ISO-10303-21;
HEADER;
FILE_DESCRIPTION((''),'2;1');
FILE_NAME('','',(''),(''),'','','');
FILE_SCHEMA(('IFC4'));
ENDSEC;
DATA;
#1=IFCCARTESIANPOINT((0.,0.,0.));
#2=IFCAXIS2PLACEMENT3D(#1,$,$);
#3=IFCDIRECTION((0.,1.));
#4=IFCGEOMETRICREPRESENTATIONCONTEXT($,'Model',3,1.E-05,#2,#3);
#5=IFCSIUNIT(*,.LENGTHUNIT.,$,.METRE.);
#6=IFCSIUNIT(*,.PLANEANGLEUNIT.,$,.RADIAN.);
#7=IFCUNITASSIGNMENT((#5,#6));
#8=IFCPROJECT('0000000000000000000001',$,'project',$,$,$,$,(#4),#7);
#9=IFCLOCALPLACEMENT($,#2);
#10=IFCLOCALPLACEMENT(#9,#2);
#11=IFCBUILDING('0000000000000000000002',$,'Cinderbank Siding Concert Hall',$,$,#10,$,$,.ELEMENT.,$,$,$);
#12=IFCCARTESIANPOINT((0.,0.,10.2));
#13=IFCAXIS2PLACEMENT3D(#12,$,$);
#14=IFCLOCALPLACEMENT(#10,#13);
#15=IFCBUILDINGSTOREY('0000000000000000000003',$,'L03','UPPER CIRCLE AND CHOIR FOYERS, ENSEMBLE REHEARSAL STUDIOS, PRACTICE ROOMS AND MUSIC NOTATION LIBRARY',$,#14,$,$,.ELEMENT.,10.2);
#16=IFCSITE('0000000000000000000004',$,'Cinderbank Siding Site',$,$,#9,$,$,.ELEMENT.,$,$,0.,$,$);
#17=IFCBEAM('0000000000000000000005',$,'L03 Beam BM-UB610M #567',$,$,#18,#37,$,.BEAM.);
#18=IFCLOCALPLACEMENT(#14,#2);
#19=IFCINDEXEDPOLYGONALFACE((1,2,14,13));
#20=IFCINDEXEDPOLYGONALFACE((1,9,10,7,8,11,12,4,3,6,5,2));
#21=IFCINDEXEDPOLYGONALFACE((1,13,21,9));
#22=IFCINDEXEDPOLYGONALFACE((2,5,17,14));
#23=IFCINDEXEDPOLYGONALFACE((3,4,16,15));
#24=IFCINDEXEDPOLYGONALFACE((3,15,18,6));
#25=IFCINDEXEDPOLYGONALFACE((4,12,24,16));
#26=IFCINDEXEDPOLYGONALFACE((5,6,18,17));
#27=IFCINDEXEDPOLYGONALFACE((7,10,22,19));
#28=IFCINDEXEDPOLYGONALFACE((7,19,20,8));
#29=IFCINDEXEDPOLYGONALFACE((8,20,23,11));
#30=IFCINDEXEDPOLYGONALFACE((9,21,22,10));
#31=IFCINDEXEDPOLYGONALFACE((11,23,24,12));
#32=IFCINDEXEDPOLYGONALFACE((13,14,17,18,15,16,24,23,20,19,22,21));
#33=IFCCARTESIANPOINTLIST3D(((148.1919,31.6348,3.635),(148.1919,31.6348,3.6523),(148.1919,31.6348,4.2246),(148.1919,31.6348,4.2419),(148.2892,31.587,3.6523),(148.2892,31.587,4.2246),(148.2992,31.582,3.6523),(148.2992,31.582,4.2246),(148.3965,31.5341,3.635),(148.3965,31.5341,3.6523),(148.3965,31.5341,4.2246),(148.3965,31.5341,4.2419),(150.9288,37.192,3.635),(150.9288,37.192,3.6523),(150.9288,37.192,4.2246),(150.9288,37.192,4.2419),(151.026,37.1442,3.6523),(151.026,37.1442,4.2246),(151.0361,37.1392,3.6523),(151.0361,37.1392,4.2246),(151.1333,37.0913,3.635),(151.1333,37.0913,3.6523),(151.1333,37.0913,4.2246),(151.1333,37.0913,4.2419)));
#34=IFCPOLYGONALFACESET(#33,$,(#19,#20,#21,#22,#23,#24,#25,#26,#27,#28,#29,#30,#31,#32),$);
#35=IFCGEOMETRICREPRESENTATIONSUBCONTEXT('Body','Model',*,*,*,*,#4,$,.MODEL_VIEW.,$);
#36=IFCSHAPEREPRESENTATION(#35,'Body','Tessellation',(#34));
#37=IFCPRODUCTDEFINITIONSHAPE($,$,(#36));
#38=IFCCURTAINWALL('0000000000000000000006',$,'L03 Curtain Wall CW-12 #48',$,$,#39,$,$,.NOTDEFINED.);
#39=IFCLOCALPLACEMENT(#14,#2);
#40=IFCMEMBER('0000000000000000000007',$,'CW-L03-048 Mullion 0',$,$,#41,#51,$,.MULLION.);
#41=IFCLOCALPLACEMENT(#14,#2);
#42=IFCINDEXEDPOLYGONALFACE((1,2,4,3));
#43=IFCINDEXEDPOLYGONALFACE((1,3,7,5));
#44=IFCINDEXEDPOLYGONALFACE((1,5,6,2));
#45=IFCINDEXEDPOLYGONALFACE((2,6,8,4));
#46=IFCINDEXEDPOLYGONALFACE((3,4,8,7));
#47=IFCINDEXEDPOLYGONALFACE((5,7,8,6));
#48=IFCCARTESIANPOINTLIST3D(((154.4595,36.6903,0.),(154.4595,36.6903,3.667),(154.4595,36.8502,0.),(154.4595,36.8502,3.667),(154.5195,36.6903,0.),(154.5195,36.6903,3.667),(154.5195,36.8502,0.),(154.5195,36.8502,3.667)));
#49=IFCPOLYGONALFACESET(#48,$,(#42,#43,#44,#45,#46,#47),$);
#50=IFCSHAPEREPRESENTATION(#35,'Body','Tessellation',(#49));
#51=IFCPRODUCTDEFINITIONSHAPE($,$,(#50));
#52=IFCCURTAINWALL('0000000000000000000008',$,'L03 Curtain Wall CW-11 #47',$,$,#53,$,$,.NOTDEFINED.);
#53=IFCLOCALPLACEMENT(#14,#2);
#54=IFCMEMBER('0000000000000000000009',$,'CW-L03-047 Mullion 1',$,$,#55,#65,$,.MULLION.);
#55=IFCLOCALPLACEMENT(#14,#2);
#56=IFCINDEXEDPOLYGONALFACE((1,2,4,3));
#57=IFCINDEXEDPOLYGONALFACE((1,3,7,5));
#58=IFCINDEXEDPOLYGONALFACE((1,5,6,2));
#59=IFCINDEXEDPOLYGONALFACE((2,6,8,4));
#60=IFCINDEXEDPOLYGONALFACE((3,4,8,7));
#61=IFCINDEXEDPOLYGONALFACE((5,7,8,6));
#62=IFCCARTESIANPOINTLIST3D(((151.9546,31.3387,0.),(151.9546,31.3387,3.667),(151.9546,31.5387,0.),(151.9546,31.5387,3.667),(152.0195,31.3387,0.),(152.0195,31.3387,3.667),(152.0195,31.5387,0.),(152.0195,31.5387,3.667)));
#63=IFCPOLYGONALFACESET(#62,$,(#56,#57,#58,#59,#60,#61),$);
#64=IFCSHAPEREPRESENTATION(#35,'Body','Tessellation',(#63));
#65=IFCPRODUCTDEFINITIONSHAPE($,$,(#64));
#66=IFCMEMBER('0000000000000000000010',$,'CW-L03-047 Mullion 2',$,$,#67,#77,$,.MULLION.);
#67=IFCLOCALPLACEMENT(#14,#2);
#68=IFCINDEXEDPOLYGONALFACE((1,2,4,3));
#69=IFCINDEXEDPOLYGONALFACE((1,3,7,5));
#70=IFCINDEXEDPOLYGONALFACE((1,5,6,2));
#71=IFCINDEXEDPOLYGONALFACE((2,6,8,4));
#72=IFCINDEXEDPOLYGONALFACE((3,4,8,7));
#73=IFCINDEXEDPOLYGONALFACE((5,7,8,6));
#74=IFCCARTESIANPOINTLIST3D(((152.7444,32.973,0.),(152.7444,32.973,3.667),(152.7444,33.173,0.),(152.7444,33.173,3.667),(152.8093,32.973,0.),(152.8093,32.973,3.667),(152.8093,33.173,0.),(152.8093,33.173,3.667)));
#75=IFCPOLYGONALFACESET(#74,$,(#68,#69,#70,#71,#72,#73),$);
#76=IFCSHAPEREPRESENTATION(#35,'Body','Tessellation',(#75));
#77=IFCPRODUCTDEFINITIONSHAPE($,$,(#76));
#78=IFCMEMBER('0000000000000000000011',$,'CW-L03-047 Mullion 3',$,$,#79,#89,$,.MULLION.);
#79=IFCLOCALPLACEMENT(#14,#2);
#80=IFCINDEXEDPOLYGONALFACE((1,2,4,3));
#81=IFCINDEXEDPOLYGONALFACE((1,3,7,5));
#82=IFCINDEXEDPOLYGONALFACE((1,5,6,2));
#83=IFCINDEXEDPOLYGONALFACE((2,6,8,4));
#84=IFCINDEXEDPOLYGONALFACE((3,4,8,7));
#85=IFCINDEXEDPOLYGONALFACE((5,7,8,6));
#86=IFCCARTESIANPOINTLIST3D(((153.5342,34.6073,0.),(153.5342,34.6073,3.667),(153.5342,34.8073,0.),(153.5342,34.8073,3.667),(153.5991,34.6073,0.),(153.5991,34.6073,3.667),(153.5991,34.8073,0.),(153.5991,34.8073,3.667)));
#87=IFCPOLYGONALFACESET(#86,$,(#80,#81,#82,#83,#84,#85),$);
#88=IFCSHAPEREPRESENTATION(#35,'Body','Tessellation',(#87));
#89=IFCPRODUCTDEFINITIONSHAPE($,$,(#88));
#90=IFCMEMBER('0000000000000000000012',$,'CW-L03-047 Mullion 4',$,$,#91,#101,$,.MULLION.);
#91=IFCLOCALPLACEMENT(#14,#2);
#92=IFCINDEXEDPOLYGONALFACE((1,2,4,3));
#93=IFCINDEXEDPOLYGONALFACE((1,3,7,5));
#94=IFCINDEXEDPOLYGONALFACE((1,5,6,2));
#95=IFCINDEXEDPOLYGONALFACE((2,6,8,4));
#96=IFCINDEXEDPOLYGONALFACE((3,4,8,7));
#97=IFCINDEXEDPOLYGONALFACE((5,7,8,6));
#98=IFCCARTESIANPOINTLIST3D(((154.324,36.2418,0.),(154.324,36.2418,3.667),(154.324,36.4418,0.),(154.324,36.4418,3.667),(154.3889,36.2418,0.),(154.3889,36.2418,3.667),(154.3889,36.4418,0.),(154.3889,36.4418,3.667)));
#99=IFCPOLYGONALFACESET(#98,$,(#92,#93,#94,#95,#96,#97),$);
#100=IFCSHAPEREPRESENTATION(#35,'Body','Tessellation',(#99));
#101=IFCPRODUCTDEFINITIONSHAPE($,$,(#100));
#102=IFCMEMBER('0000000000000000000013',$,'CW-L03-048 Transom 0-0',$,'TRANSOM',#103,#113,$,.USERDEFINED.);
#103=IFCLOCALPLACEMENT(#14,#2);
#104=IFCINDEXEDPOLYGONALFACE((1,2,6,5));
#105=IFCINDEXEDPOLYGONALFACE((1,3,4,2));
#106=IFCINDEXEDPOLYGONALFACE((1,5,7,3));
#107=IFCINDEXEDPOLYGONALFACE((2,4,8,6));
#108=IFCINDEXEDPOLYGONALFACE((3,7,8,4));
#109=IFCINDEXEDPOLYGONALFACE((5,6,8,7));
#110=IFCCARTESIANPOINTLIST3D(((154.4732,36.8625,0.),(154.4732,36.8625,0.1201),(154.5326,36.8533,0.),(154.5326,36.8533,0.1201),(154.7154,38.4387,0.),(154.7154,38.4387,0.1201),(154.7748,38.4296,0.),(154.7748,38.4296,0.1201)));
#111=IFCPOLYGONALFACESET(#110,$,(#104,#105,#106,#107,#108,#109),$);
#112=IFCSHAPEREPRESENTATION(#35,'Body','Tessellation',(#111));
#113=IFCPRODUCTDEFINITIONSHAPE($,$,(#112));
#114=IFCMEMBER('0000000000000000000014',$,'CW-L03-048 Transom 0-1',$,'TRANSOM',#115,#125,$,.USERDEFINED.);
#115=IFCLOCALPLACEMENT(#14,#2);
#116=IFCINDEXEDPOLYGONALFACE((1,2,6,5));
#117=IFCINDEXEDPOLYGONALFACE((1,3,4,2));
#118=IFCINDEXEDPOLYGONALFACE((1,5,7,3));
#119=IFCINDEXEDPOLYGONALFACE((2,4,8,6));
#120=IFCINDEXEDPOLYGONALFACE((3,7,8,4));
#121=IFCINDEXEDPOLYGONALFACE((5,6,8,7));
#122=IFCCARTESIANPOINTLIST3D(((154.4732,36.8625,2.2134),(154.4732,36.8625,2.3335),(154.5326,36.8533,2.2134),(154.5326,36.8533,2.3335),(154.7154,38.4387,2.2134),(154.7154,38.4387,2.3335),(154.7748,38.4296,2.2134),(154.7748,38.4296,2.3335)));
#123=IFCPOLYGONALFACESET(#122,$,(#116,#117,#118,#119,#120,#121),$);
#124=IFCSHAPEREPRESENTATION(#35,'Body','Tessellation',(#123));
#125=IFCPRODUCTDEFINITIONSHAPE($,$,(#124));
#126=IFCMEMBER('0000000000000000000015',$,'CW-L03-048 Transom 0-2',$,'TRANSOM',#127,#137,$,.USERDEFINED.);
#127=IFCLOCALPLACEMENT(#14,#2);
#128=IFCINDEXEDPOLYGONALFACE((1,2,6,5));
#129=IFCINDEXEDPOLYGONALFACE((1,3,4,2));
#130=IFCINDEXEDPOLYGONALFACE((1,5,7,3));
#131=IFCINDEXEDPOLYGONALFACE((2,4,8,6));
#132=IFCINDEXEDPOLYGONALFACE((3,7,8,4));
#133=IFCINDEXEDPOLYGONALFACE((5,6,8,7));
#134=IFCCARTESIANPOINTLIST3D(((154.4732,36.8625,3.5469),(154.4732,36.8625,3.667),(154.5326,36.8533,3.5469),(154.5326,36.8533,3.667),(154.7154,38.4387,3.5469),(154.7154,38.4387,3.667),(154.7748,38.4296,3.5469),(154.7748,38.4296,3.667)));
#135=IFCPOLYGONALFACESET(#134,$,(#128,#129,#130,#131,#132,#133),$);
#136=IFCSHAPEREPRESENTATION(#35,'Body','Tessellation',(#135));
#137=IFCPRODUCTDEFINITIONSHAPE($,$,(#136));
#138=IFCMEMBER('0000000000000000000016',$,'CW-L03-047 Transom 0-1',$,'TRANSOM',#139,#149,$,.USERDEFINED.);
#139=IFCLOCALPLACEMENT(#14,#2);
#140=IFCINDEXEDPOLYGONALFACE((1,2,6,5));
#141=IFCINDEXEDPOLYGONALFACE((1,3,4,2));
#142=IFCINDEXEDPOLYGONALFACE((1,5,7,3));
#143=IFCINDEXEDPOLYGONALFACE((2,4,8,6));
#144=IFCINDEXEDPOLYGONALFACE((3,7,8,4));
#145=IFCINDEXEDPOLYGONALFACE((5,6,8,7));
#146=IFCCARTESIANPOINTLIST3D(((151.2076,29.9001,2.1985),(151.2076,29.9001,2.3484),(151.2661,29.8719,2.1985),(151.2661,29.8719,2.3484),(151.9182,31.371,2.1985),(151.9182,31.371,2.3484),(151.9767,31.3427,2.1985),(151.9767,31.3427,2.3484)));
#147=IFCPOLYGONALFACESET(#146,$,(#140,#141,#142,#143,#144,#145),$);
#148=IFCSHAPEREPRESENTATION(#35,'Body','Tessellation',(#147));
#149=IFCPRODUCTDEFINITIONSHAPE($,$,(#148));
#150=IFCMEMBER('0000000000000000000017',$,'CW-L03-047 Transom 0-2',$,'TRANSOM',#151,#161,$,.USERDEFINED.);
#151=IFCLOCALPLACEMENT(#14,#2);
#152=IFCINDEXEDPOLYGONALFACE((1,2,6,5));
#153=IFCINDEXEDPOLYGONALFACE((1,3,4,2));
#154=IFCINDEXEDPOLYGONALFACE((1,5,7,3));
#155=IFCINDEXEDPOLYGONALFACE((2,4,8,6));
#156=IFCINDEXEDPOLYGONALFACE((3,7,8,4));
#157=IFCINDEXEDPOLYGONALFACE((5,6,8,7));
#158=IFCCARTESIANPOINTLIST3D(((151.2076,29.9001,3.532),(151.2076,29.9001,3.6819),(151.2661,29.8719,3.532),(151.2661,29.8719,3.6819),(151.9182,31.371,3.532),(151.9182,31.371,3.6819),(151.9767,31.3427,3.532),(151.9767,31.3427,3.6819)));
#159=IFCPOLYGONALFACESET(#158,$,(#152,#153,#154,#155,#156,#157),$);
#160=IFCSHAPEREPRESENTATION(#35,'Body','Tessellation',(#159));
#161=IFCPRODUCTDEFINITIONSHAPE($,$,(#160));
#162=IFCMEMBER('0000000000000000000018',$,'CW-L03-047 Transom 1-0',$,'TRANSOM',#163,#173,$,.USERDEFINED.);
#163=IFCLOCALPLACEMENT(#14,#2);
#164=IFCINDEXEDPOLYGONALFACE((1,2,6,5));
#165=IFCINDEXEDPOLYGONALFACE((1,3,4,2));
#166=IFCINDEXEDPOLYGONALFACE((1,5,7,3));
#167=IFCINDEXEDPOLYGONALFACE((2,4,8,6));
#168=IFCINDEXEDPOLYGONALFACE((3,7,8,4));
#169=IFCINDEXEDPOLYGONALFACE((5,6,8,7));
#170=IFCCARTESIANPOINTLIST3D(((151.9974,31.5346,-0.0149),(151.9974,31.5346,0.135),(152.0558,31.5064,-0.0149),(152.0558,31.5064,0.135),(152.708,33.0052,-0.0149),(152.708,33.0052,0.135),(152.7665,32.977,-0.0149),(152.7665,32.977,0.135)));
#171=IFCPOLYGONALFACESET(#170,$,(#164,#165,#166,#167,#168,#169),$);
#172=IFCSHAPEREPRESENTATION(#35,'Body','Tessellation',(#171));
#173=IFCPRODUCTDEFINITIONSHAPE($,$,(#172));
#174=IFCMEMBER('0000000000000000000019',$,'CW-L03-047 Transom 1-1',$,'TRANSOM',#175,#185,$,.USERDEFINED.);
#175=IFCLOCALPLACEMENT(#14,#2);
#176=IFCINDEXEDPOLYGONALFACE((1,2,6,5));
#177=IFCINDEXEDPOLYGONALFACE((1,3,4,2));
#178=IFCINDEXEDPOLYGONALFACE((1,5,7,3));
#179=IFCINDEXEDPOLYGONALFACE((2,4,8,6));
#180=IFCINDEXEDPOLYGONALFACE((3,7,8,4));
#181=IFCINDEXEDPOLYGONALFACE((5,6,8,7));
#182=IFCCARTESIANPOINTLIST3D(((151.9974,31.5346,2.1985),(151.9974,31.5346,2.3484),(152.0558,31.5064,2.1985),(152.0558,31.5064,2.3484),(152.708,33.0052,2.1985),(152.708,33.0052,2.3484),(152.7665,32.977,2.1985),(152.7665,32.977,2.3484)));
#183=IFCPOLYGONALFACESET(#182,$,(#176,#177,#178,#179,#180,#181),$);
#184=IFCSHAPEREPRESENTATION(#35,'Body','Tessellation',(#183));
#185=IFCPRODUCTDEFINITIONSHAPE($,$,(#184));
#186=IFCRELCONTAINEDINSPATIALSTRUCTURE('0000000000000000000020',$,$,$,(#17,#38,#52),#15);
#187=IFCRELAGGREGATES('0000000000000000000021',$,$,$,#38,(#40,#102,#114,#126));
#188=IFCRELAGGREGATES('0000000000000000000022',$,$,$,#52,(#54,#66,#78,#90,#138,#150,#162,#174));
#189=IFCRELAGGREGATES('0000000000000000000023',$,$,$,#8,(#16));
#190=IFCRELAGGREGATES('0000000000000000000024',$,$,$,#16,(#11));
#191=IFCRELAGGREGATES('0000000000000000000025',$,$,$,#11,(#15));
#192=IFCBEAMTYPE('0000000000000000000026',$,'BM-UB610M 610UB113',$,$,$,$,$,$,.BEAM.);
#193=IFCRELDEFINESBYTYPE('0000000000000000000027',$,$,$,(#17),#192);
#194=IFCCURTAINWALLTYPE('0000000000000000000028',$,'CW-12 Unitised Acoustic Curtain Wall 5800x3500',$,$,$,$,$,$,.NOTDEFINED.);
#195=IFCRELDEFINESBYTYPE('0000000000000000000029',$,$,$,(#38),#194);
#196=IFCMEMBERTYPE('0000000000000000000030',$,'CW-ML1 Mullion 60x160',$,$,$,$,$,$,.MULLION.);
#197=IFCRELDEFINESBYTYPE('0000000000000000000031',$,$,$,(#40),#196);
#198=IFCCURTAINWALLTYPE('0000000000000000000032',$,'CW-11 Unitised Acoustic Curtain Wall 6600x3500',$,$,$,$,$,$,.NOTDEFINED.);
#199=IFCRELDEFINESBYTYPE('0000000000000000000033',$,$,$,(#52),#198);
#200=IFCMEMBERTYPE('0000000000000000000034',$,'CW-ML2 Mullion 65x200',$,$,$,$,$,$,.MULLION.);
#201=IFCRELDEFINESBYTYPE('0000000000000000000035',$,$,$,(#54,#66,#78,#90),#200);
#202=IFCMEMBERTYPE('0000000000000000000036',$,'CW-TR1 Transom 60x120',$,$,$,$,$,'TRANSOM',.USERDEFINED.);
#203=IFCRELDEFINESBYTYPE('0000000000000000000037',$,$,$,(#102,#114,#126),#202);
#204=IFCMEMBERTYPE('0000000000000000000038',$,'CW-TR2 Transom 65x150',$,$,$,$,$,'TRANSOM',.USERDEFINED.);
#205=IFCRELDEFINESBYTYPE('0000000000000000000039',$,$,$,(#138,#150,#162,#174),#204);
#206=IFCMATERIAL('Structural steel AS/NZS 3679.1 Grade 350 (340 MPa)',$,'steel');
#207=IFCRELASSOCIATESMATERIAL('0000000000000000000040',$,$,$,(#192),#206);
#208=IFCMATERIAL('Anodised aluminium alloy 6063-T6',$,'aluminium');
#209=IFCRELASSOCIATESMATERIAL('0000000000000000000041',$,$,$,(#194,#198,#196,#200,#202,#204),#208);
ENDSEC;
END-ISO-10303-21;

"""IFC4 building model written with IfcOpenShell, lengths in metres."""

from ifc_helpers import new_model, si_unit, direction, frame, origin, origin_2d, place, context, subcontext, project, spatial, rectangle, i_section, extrude, material, material_profile, profile_set, type_object, element, aggregate, save


model = new_model("IFC4")

# Units and contexts
model_context = context("Model", 3, precision=1e-05, world=origin(), true_north=direction((0.0, 1.0)))
body_context = subcontext(model_context, "Body", "Model", "MODEL_VIEW")
ifc_project = project(units=[si_unit("LENGTHUNIT", "METRE"), si_unit("PLANEANGLEUNIT", "RADIAN")], contexts=[model_context])

# Site, building, storey
site_placement = place(None, origin())
site = spatial("IfcSite", under=ifc_project, at=site_placement, Name="Cinderbank Siding Site", CompositionType="ELEMENT", RefElevation=0.0)
building_placement = place(site_placement, origin())
building = spatial("IfcBuilding", under=site, at=building_placement, Name="Cinderbank Siding Concert Hall", CompositionType="ELEMENT")
storey_placement = place(building_placement, frame((0.0, 0.0, 10.2)))
storey = spatial("IfcBuildingStorey", under=building, at=storey_placement, Name="L03", Description="UPPER CIRCLE AND CHOIR FOYERS, ENSEMBLE REHEARSAL STUDIOS, PRACTICE ROOMS AND MUSIC NOTATION LIBRARY", CompositionType="ELEMENT", Elevation=10.2)

# Beam
ifc_material_1 = material(Name="Structural steel AS/NZS 3679.1 Grade 350 (340 MPa)", Category="steel")
ifc_material_profile_1 = material_profile(ifc_material_1, i_section(OverallWidth=0.228, OverallDepth=0.6069, WebThickness=0.0112, FlangeThickness=0.0173, at=origin_2d()), Name="610UB113", Category="LoadBearing")
ifc_profile_set_1 = profile_set([ifc_material_profile_1], Name="Structural steel AS/NZS 3679.1 Grade 350 (340 MPa)")
beam_type_1 = type_object("IfcBeamType", Name="BM-UB610M 610UB113", PredefinedType="BEAM", material=ifc_profile_set_1)
beam_1_placement = place(storey_placement, frame((148.2942, 31.5845, 3.9385), z_axis=(0.441814, 0.897107, 0.0), x_axis=(-0.897107, 0.441814, 0.0)))
element("IfcBeam", 1, at=beam_1_placement, inside=storey, type_object=beam_type_1, Name="L03 Beam BM-UB610M #567", PredefinedType="BEAM", context=body_context, shape_type="SweptSolid", body=[
    extrude(i_section(OverallWidth=0.228, OverallDepth=0.6069, WebThickness=0.0112, FlangeThickness=0.0173, at=origin_2d()), origin(), (0.0, 0.0, 1.0), 6.1946),
])

# Curtain wall, member
ifc_material_2 = material(Name="Anodised aluminium alloy 6063-T6", Category="aluminium")
curtain_wall_type_1 = type_object("IfcCurtainWallType", Name="CW-12 Unitised Acoustic Curtain Wall 5800x3500", PredefinedType="NOTDEFINED", material=ifc_material_2)
curtain_wall_1_placement = place(storey_placement, origin())
curtain_wall_1 = element("IfcCurtainWall", 2, at=curtain_wall_1_placement, inside=storey, type_object=curtain_wall_type_1, Name="L03 Curtain Wall CW-12 #48", PredefinedType="NOTDEFINED")
ifc_material_profile_2 = material_profile(ifc_material_2, rectangle(XDim=0.0601, YDim=0.1599, at=origin_2d()), Name="ALU-MULL-60x160", Category="LoadBearing")
ifc_profile_set_2 = profile_set([ifc_material_profile_2], Name="Anodised aluminium alloy 6063-T6")
member_type_1 = type_object("IfcMemberType", Name="CW-ML1 Mullion 60x160", PredefinedType="MULLION", material=ifc_profile_set_2)
member_1_placement = place(storey_placement, frame((154.4895, 36.7703, 0.0), z_axis=(0.0, 0.0, 1.0), x_axis=(1.0, 0.0, 0.0)))
member_1 = element("IfcMember", 3, at=member_1_placement, type_object=member_type_1, Name="CW-L03-048 Mullion 0", PredefinedType="MULLION", context=body_context, shape_type="SweptSolid", body=[
    extrude(rectangle(XDim=0.0601, YDim=0.1599, at=origin_2d()), origin(), (0.0, 0.0, 1.0), 3.667),
])

# Curtain wall, members
curtain_wall_type_2 = type_object("IfcCurtainWallType", Name="CW-11 Unitised Acoustic Curtain Wall 6600x3500", PredefinedType="NOTDEFINED", material=ifc_material_2)
curtain_wall_2_placement = place(storey_placement, origin())
curtain_wall_2 = element("IfcCurtainWall", 4, at=curtain_wall_2_placement, inside=storey, type_object=curtain_wall_type_2, Name="L03 Curtain Wall CW-11 #47", PredefinedType="NOTDEFINED")
ifc_material_profile_3 = material_profile(ifc_material_2, rectangle(XDim=0.0649, YDim=0.2, at=origin_2d()), Name="ALU-MULL-65x200", Category="LoadBearing")
ifc_profile_set_3 = profile_set([ifc_material_profile_3], Name="Anodised aluminium alloy 6063-T6")
member_type_2 = type_object("IfcMemberType", Name="CW-ML2 Mullion 65x200", PredefinedType="MULLION", material=ifc_profile_set_3)
member_2_placement = place(storey_placement, frame((151.9871, 31.4387, 0.0), z_axis=(0.0, 0.0, 1.0), x_axis=(1.0, 0.0, 0.0)))
member_2 = element("IfcMember", 5, at=member_2_placement, type_object=member_type_2, Name="CW-L03-047 Mullion 1", PredefinedType="MULLION", context=body_context, shape_type="SweptSolid", body=[
    extrude(rectangle(XDim=0.0649, YDim=0.2, at=origin_2d()), origin(), (0.0, 0.0, 1.0), 3.667),
])
member_3_placement = place(storey_placement, frame((152.7769, 33.073, 0.0), z_axis=(0.0, 0.0, 1.0), x_axis=(1.0, 0.0, 0.0)))
member_3 = element("IfcMember", 6, at=member_3_placement, type_object=member_type_2, Name="CW-L03-047 Mullion 2", PredefinedType="MULLION", context=body_context, shape_type="SweptSolid", body=[
    extrude(rectangle(XDim=0.0649, YDim=0.2, at=origin_2d()), origin(), (0.0, 0.0, 1.0), 3.667),
])
member_4_placement = place(storey_placement, frame((153.5667, 34.7073, 0.0), z_axis=(0.0, 0.0, 1.0), x_axis=(1.0, 0.0, 0.0)))
member_4 = element("IfcMember", 7, at=member_4_placement, type_object=member_type_2, Name="CW-L03-047 Mullion 3", PredefinedType="MULLION", context=body_context, shape_type="SweptSolid", body=[
    extrude(rectangle(XDim=0.0649, YDim=0.2, at=origin_2d()), origin(), (0.0, 0.0, 1.0), 3.667),
])
member_5_placement = place(storey_placement, frame((154.3564, 36.3418, 0.0), z_axis=(0.0, 0.0, 1.0), x_axis=(1.0, 0.0, 0.0)))
member_5 = element("IfcMember", 8, at=member_5_placement, type_object=member_type_2, Name="CW-L03-047 Mullion 4", PredefinedType="MULLION", context=body_context, shape_type="SweptSolid", body=[
    extrude(rectangle(XDim=0.0649, YDim=0.2, at=origin_2d()), origin(), (0.0, 0.0, 1.0), 3.667),
])

# Members
ifc_material_profile_4 = material_profile(ifc_material_2, rectangle(XDim=0.0601, YDim=0.1201, at=origin_2d()), Name="ALU-TRAN-60x120", Category="LoadBearing")
ifc_profile_set_4 = profile_set([ifc_material_profile_4], Name="Anodised aluminium alloy 6063-T6")
member_type_3 = type_object("IfcMemberType", Name="CW-TR1 Transom 60x120", ElementType="TRANSOM", PredefinedType="USERDEFINED", material=ifc_profile_set_4)
member_6_placement = place(storey_placement, frame((154.5029, 36.8579, 0.0601), z_axis=(0.151873, 0.9884, 0.0), x_axis=(-0.9884, 0.151873, 0.0)))
member_6 = element("IfcMember", 9, at=member_6_placement, type_object=member_type_3, Name="CW-L03-048 Transom 0-0", ObjectType="TRANSOM", PredefinedType="USERDEFINED", context=body_context, shape_type="SweptSolid", body=[
    extrude(rectangle(XDim=0.0601, YDim=0.1201, at=origin_2d()), origin(), (0.0, 0.0, 1.0), 1.5947),
])
member_7_placement = place(storey_placement, frame((154.5029, 36.8579, 2.2734), z_axis=(0.151873, 0.9884, 0.0), x_axis=(-0.9884, 0.151873, 0.0)))
member_7 = element("IfcMember", 10, at=member_7_placement, type_object=member_type_3, Name="CW-L03-048 Transom 0-1", ObjectType="TRANSOM", PredefinedType="USERDEFINED", context=body_context, shape_type="SweptSolid", body=[
    extrude(rectangle(XDim=0.0601, YDim=0.1201, at=origin_2d()), origin(), (0.0, 0.0, 1.0), 1.5947),
])
member_8_placement = place(storey_placement, frame((154.5029, 36.8579, 3.6069), z_axis=(0.151873, 0.9884, 0.0), x_axis=(-0.9884, 0.151873, 0.0)))
member_8 = element("IfcMember", 11, at=member_8_placement, type_object=member_type_3, Name="CW-L03-048 Transom 0-2", ObjectType="TRANSOM", PredefinedType="USERDEFINED", context=body_context, shape_type="SweptSolid", body=[
    extrude(rectangle(XDim=0.0601, YDim=0.1201, at=origin_2d()), origin(), (0.0, 0.0, 1.0), 1.5947),
])
aggregate(curtain_wall_1, [member_1, member_6, member_7, member_8])
ifc_material_profile_5 = material_profile(ifc_material_2, rectangle(XDim=0.0649, YDim=0.1499, at=origin_2d()), Name="ALU-TRAN-65x150", Category="LoadBearing")
ifc_profile_set_5 = profile_set([ifc_material_profile_5], Name="Anodised aluminium alloy 6063-T6")
member_type_4 = type_object("IfcMemberType", Name="CW-TR2 Transom 65x150", ElementType="TRANSOM", PredefinedType="USERDEFINED", material=ifc_profile_set_5)
member_9_placement = place(storey_placement, frame((151.2368, 29.886, 2.2734), z_axis=(0.435037, 0.900412, 0.0), x_axis=(-0.900412, 0.435037, 0.0)))
member_9 = element("IfcMember", 12, at=member_9_placement, type_object=member_type_4, Name="CW-L03-047 Transom 0-1", ObjectType="TRANSOM", PredefinedType="USERDEFINED", context=body_context, shape_type="SweptSolid", body=[
    extrude(rectangle(XDim=0.0649, YDim=0.1499, at=origin_2d()), origin(), (0.0, 0.0, 1.0), 1.6335),
])
member_10_placement = place(storey_placement, frame((151.2368, 29.886, 3.6069), z_axis=(0.435037, 0.900412, 0.0), x_axis=(-0.900412, 0.435037, 0.0)))
member_10 = element("IfcMember", 13, at=member_10_placement, type_object=member_type_4, Name="CW-L03-047 Transom 0-2", ObjectType="TRANSOM", PredefinedType="USERDEFINED", context=body_context, shape_type="SweptSolid", body=[
    extrude(rectangle(XDim=0.0649, YDim=0.1499, at=origin_2d()), origin(), (0.0, 0.0, 1.0), 1.6335),
])
member_11_placement = place(storey_placement, frame((152.0266, 31.5205, 0.0601), z_axis=(0.435096, 0.900384, 0.0), x_axis=(-0.900384, 0.435096, 0.0)))
member_11 = element("IfcMember", 14, at=member_11_placement, type_object=member_type_4, Name="CW-L03-047 Transom 1-0", ObjectType="TRANSOM", PredefinedType="USERDEFINED", context=body_context, shape_type="SweptSolid", body=[
    extrude(rectangle(XDim=0.0649, YDim=0.1499, at=origin_2d()), origin(), (0.0, 0.0, 1.0), 1.6333),
])
member_12_placement = place(storey_placement, frame((152.0266, 31.5205, 2.2734), z_axis=(0.435096, 0.900384, 0.0), x_axis=(-0.900384, 0.435096, 0.0)))
member_12 = element("IfcMember", 15, at=member_12_placement, type_object=member_type_4, Name="CW-L03-047 Transom 1-1", ObjectType="TRANSOM", PredefinedType="USERDEFINED", context=body_context, shape_type="SweptSolid", body=[
    extrude(rectangle(XDim=0.0649, YDim=0.1499, at=origin_2d()), origin(), (0.0, 0.0, 1.0), 1.6333),
])

aggregate(curtain_wall_2, [member_2, member_3, member_4, member_5, member_9, member_10, member_11, member_12])

save(model, "model.ifc")
